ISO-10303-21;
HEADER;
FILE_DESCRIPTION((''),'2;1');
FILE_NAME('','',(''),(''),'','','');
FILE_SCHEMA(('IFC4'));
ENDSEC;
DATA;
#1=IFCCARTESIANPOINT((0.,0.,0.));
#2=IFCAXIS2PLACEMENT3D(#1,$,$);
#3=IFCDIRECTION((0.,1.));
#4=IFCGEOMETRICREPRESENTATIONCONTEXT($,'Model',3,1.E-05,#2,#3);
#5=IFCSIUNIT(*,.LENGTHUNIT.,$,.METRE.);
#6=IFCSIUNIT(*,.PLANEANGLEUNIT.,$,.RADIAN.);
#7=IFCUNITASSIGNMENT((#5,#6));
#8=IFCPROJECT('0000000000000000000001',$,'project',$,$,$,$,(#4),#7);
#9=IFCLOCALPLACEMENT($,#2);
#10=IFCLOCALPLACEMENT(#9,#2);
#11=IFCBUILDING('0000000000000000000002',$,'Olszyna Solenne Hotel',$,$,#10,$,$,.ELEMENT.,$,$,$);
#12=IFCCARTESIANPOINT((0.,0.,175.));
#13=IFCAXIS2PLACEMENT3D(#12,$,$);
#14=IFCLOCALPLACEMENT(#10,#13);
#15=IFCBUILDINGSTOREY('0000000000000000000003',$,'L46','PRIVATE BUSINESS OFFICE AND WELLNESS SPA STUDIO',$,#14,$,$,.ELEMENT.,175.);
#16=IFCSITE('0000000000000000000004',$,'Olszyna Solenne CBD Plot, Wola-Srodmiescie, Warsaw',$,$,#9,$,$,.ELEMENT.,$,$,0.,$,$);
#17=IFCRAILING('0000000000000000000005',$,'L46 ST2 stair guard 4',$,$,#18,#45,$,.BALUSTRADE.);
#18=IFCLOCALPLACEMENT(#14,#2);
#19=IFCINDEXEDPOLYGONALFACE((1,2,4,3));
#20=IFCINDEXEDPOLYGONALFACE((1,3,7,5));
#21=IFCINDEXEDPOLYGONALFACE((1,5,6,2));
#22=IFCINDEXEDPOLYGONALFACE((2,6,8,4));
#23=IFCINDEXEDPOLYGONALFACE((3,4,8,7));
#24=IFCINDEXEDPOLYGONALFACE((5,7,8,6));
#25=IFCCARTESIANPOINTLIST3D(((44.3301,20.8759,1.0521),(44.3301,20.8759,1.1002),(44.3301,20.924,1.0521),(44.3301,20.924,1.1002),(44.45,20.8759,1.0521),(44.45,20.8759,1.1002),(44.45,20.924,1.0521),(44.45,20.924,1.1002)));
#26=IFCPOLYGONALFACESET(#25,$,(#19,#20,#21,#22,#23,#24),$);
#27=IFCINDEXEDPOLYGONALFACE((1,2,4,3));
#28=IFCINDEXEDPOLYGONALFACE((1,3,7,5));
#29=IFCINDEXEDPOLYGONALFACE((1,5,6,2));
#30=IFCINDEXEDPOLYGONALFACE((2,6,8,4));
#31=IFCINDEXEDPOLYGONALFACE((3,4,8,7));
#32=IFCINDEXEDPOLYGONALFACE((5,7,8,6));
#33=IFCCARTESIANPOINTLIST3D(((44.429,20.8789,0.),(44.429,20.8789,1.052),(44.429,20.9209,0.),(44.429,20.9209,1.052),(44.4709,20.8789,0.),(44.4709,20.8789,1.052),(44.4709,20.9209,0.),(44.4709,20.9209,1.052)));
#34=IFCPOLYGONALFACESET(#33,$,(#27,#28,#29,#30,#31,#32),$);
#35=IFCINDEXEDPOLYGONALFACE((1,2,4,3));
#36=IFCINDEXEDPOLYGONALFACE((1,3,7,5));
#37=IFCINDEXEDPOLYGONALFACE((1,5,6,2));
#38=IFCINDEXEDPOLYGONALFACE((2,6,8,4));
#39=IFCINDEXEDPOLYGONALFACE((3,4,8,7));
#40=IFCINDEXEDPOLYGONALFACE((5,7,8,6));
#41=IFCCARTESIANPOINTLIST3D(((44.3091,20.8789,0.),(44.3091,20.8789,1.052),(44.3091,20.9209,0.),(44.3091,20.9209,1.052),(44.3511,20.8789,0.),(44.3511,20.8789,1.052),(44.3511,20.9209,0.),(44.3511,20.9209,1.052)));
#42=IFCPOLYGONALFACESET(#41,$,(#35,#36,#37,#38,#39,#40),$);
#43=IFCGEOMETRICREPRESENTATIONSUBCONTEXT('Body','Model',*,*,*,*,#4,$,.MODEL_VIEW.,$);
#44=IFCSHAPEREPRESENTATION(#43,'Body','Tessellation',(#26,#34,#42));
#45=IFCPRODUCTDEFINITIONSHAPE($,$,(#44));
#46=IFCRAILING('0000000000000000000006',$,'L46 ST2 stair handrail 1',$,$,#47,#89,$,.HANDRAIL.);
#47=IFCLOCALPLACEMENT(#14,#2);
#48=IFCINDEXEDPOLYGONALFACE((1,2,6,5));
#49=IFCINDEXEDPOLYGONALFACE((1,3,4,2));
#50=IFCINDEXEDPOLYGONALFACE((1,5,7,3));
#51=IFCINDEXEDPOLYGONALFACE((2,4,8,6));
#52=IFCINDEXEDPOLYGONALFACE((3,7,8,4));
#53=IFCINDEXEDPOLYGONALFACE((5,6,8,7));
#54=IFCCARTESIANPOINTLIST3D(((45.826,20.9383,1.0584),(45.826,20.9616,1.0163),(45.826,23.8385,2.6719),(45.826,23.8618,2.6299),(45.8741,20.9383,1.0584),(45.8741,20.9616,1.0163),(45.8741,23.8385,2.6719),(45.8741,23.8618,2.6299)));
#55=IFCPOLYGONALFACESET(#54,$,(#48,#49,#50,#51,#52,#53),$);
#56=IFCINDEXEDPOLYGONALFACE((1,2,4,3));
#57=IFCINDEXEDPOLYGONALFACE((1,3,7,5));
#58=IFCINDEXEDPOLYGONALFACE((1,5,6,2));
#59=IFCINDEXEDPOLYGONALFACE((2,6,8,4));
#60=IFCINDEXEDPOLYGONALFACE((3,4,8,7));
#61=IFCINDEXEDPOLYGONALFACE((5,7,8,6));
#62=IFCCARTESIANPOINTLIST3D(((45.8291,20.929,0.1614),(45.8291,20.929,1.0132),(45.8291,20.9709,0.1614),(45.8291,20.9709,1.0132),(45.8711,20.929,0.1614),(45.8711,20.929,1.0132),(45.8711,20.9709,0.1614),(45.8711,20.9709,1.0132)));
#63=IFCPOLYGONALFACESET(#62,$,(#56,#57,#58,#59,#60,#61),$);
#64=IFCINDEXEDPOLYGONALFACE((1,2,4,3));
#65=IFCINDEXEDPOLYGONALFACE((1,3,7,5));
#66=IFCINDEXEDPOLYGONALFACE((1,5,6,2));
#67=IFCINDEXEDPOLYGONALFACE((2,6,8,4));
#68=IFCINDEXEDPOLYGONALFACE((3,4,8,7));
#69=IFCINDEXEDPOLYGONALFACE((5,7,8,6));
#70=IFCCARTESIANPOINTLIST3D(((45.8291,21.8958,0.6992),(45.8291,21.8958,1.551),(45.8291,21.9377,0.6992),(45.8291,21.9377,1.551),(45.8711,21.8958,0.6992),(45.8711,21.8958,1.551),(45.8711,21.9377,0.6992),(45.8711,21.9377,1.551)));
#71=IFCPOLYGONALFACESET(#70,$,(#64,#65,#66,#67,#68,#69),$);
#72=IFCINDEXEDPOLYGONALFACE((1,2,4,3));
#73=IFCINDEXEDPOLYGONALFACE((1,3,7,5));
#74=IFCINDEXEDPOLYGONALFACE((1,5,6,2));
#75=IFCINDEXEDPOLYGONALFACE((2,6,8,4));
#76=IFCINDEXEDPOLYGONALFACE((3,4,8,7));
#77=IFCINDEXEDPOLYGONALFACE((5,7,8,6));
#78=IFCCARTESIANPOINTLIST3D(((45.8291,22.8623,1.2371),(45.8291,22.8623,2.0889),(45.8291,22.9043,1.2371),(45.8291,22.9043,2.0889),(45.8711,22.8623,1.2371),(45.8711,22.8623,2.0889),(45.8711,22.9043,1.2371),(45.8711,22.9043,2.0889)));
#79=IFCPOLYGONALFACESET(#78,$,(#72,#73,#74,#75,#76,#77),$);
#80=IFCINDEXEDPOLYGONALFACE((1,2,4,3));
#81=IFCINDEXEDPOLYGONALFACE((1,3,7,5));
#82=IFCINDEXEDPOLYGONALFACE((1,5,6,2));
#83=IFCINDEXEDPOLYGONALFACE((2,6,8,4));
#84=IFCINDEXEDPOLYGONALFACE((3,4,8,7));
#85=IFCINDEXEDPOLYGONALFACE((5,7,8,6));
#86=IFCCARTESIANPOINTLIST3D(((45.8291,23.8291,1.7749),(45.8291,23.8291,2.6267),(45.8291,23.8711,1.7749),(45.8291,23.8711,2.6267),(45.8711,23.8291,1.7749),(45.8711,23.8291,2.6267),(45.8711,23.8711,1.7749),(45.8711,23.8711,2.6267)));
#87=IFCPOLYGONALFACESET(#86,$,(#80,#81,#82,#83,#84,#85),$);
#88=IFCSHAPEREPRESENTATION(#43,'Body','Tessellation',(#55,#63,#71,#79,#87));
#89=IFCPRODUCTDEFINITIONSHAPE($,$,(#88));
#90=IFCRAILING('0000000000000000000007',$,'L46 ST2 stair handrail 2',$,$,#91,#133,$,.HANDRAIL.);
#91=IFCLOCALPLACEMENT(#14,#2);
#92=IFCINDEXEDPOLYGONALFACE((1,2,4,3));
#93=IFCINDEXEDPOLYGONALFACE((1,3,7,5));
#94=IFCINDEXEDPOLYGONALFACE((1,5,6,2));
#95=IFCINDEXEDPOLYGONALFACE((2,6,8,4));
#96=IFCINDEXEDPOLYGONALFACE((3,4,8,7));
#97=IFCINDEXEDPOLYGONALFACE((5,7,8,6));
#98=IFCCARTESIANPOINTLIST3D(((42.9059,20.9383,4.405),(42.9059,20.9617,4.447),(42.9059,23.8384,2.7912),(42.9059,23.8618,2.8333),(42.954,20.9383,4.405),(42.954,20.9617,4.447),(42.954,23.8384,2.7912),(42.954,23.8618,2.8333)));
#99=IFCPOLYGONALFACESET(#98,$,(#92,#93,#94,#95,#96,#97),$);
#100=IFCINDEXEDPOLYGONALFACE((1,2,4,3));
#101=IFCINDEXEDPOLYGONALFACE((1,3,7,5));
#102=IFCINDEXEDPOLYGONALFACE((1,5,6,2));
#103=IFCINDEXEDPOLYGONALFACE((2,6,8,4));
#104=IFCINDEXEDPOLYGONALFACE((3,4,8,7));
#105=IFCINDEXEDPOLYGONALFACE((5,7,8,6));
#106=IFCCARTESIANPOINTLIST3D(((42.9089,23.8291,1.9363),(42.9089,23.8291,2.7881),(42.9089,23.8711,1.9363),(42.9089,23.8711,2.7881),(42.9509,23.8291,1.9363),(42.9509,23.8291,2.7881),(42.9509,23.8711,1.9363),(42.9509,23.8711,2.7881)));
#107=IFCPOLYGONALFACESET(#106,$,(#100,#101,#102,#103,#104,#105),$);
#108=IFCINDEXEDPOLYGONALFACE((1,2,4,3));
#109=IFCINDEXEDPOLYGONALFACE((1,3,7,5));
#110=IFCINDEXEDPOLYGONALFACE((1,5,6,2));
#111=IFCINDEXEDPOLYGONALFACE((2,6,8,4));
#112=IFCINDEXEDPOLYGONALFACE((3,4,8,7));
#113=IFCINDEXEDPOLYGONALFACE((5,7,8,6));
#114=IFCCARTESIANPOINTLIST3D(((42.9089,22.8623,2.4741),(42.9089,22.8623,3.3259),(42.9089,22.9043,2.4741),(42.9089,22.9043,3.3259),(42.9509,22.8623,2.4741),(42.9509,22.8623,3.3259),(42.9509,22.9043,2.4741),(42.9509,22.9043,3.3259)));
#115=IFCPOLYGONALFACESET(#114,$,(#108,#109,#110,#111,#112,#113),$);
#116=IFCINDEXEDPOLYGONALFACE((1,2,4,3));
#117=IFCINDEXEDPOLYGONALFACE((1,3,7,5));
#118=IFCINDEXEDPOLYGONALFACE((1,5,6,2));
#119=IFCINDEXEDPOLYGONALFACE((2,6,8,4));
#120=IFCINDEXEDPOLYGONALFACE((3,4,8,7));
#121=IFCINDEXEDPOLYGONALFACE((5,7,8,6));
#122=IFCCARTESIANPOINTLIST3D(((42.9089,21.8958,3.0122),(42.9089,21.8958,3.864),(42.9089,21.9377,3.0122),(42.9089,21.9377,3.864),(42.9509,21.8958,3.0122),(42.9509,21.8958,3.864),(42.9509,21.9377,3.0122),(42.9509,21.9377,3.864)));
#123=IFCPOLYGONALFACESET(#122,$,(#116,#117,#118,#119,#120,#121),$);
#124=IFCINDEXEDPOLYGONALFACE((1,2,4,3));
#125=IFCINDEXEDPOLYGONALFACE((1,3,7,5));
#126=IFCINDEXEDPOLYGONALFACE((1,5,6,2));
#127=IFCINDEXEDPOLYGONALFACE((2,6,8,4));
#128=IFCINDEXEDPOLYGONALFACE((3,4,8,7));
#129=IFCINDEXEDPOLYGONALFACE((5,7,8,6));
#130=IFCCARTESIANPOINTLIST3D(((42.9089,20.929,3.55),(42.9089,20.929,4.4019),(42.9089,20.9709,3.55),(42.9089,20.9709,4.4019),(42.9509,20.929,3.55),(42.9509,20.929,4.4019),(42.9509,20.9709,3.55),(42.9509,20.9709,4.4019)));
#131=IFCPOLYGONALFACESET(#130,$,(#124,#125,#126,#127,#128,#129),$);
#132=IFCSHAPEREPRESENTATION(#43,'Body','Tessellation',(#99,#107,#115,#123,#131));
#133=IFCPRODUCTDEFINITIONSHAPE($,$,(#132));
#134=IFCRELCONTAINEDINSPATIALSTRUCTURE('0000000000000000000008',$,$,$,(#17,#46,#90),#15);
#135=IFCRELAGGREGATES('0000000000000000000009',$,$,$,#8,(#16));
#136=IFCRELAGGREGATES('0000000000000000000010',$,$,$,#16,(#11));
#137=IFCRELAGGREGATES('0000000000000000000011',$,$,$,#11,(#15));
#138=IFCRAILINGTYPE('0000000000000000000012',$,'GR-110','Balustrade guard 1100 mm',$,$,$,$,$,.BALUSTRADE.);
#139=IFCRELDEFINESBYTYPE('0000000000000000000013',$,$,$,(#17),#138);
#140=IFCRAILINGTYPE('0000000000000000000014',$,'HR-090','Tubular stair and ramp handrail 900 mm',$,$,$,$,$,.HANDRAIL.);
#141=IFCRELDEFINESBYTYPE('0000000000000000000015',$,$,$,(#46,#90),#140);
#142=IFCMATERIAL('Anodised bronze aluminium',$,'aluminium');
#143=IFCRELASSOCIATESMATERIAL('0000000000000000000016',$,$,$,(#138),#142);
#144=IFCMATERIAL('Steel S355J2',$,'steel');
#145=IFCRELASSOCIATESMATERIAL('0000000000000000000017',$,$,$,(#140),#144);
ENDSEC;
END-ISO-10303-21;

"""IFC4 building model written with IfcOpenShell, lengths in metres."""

from ifc_helpers import new_model, si_unit, direction, frame, origin, origin_2d, place, context, subcontext, project, spatial, rectangle, extrude, material, type_object, element, save


model = new_model("IFC4")

# Units and contexts
model_context = context("Model", 3, precision=1e-05, world=origin(), true_north=direction((0.0, 1.0)))
body_context = subcontext(model_context, "Body", "Model", "MODEL_VIEW")
ifc_project = project(units=[si_unit("LENGTHUNIT", "METRE"), si_unit("PLANEANGLEUNIT", "RADIAN")], contexts=[model_context])

# Site, building, storey
site_placement = place(None, origin())
site = spatial("IfcSite", under=ifc_project, at=site_placement, Name="Olszyna Solenne CBD Plot, Wola-Srodmiescie, Warsaw", CompositionType="ELEMENT", RefElevation=0.0)
building_placement = place(site_placement, origin())
building = spatial("IfcBuilding", under=site, at=building_placement, Name="Olszyna Solenne Hotel", CompositionType="ELEMENT")
storey_placement = place(building_placement, frame((0.0, 0.0, 175.0)))
storey = spatial("IfcBuildingStorey", under=building, at=storey_placement, Name="L46", Description="PRIVATE BUSINESS OFFICE AND WELLNESS SPA STUDIO", CompositionType="ELEMENT", Elevation=175.0)

# Shared definitions
ifc_material_1 = material(Name="Steel S355J2", Category="steel")

# Shared definitions
ifc_material_2 = material(Name="Anodised bronze aluminium", Category="aluminium")

# Railings
railing_type_1 = type_object("IfcRailingType", Name="GR-110", Description="Balustrade guard 1100 mm", PredefinedType="BALUSTRADE", material=ifc_material_2)
railing_1_placement = place(storey_placement, frame((44.45, 20.8999, 0.0)))
element("IfcRailing", 1, at=railing_1_placement, inside=storey, type_object=railing_type_1, Name="L46 ST2 stair guard 4", PredefinedType="BALUSTRADE", context=body_context, shape_type="SweptSolid", body=[
    extrude(rectangle(XDim=0.0481, YDim=0.0481, at=origin_2d()), frame((0.0, 0.0, 1.0762), z_axis=(-1.0, 0.0, 0.0), x_axis=(0.0, -1.0, 0.0)), (0.0, 0.0, 1.0), 0.1199),
    extrude(rectangle(XDim=0.042, YDim=0.042, at=origin_2d()), origin(), (0.0, 0.0, 1.0), 1.052),
    extrude(rectangle(XDim=0.042, YDim=0.042, at=origin_2d()), frame((-0.1199, 0.0, 0.0)), (0.0, 0.0, 1.0), 1.052),
])
railing_type_2 = type_object("IfcRailingType", Name="HR-090", Description="Tubular stair and ramp handrail 900 mm", PredefinedType="HANDRAIL", material=ifc_material_1)
railing_2_placement = place(storey_placement, frame((45.8501, 20.95, 0.1614)))
element("IfcRailing", 2, at=railing_2_placement, inside=storey, type_object=railing_type_2, Name="L46 ST2 stair handrail 1", PredefinedType="HANDRAIL", context=body_context, shape_type="SweptSolid", body=[
    extrude(rectangle(XDim=0.0481, YDim=0.0481, at=origin_2d()), frame((0.0, 0.0, 0.876), z_axis=(0.0, 0.873859, 0.48618), x_axis=(-1.0, 0.0, 0.0)), (0.0, 0.0, 1.0), 3.3188),
    extrude(rectangle(XDim=0.042, YDim=0.042, at=origin_2d()), origin(), (0.0, 0.0, 1.0), 0.8518),
    extrude(rectangle(XDim=0.042, YDim=0.042, at=origin_2d()), frame((0.0, 0.9668, 0.5378)), (0.0, 0.0, 1.0), 0.8518),
    extrude(rectangle(XDim=0.042, YDim=0.042, at=origin_2d()), frame((0.0, 1.9333, 1.0757)), (0.0, 0.0, 1.0), 0.8518),
    extrude(rectangle(XDim=0.042, YDim=0.042, at=origin_2d()), frame((0.0, 2.9001, 1.6135)), (0.0, 0.0, 1.0), 0.8518),
])
railing_3_placement = place(storey_placement, frame((42.9299, 23.8501, 1.9363)))
element("IfcRailing", 3, at=railing_3_placement, inside=storey, type_object=railing_type_2, Name="L46 ST2 stair handrail 2", PredefinedType="HANDRAIL", context=body_context, shape_type="SweptSolid", body=[
    extrude(rectangle(XDim=0.0481, YDim=0.0481, at=origin_2d()), frame((0.0, 0.0, 0.876), z_axis=(0.0, -0.873827, 0.486236), x_axis=(1.0, 0.0, 0.0)), (0.0, 0.0, 1.0), 3.3188),
    extrude(rectangle(XDim=0.042, YDim=0.042, at=origin_2d()), origin(), (0.0, 0.0, 1.0), 0.8518),
    extrude(rectangle(XDim=0.042, YDim=0.042, at=origin_2d()), frame((0.0, -0.9668, 0.5378)), (0.0, 0.0, 1.0), 0.8518),
    extrude(rectangle(XDim=0.042, YDim=0.042, at=origin_2d()), frame((0.0, -1.9333, 1.0759)), (0.0, 0.0, 1.0), 0.8518),
    extrude(rectangle(XDim=0.042, YDim=0.042, at=origin_2d()), frame((0.0, -2.9001, 1.6138)), (0.0, 0.0, 1.0), 0.8518),
])

save(model, "model.ifc")
